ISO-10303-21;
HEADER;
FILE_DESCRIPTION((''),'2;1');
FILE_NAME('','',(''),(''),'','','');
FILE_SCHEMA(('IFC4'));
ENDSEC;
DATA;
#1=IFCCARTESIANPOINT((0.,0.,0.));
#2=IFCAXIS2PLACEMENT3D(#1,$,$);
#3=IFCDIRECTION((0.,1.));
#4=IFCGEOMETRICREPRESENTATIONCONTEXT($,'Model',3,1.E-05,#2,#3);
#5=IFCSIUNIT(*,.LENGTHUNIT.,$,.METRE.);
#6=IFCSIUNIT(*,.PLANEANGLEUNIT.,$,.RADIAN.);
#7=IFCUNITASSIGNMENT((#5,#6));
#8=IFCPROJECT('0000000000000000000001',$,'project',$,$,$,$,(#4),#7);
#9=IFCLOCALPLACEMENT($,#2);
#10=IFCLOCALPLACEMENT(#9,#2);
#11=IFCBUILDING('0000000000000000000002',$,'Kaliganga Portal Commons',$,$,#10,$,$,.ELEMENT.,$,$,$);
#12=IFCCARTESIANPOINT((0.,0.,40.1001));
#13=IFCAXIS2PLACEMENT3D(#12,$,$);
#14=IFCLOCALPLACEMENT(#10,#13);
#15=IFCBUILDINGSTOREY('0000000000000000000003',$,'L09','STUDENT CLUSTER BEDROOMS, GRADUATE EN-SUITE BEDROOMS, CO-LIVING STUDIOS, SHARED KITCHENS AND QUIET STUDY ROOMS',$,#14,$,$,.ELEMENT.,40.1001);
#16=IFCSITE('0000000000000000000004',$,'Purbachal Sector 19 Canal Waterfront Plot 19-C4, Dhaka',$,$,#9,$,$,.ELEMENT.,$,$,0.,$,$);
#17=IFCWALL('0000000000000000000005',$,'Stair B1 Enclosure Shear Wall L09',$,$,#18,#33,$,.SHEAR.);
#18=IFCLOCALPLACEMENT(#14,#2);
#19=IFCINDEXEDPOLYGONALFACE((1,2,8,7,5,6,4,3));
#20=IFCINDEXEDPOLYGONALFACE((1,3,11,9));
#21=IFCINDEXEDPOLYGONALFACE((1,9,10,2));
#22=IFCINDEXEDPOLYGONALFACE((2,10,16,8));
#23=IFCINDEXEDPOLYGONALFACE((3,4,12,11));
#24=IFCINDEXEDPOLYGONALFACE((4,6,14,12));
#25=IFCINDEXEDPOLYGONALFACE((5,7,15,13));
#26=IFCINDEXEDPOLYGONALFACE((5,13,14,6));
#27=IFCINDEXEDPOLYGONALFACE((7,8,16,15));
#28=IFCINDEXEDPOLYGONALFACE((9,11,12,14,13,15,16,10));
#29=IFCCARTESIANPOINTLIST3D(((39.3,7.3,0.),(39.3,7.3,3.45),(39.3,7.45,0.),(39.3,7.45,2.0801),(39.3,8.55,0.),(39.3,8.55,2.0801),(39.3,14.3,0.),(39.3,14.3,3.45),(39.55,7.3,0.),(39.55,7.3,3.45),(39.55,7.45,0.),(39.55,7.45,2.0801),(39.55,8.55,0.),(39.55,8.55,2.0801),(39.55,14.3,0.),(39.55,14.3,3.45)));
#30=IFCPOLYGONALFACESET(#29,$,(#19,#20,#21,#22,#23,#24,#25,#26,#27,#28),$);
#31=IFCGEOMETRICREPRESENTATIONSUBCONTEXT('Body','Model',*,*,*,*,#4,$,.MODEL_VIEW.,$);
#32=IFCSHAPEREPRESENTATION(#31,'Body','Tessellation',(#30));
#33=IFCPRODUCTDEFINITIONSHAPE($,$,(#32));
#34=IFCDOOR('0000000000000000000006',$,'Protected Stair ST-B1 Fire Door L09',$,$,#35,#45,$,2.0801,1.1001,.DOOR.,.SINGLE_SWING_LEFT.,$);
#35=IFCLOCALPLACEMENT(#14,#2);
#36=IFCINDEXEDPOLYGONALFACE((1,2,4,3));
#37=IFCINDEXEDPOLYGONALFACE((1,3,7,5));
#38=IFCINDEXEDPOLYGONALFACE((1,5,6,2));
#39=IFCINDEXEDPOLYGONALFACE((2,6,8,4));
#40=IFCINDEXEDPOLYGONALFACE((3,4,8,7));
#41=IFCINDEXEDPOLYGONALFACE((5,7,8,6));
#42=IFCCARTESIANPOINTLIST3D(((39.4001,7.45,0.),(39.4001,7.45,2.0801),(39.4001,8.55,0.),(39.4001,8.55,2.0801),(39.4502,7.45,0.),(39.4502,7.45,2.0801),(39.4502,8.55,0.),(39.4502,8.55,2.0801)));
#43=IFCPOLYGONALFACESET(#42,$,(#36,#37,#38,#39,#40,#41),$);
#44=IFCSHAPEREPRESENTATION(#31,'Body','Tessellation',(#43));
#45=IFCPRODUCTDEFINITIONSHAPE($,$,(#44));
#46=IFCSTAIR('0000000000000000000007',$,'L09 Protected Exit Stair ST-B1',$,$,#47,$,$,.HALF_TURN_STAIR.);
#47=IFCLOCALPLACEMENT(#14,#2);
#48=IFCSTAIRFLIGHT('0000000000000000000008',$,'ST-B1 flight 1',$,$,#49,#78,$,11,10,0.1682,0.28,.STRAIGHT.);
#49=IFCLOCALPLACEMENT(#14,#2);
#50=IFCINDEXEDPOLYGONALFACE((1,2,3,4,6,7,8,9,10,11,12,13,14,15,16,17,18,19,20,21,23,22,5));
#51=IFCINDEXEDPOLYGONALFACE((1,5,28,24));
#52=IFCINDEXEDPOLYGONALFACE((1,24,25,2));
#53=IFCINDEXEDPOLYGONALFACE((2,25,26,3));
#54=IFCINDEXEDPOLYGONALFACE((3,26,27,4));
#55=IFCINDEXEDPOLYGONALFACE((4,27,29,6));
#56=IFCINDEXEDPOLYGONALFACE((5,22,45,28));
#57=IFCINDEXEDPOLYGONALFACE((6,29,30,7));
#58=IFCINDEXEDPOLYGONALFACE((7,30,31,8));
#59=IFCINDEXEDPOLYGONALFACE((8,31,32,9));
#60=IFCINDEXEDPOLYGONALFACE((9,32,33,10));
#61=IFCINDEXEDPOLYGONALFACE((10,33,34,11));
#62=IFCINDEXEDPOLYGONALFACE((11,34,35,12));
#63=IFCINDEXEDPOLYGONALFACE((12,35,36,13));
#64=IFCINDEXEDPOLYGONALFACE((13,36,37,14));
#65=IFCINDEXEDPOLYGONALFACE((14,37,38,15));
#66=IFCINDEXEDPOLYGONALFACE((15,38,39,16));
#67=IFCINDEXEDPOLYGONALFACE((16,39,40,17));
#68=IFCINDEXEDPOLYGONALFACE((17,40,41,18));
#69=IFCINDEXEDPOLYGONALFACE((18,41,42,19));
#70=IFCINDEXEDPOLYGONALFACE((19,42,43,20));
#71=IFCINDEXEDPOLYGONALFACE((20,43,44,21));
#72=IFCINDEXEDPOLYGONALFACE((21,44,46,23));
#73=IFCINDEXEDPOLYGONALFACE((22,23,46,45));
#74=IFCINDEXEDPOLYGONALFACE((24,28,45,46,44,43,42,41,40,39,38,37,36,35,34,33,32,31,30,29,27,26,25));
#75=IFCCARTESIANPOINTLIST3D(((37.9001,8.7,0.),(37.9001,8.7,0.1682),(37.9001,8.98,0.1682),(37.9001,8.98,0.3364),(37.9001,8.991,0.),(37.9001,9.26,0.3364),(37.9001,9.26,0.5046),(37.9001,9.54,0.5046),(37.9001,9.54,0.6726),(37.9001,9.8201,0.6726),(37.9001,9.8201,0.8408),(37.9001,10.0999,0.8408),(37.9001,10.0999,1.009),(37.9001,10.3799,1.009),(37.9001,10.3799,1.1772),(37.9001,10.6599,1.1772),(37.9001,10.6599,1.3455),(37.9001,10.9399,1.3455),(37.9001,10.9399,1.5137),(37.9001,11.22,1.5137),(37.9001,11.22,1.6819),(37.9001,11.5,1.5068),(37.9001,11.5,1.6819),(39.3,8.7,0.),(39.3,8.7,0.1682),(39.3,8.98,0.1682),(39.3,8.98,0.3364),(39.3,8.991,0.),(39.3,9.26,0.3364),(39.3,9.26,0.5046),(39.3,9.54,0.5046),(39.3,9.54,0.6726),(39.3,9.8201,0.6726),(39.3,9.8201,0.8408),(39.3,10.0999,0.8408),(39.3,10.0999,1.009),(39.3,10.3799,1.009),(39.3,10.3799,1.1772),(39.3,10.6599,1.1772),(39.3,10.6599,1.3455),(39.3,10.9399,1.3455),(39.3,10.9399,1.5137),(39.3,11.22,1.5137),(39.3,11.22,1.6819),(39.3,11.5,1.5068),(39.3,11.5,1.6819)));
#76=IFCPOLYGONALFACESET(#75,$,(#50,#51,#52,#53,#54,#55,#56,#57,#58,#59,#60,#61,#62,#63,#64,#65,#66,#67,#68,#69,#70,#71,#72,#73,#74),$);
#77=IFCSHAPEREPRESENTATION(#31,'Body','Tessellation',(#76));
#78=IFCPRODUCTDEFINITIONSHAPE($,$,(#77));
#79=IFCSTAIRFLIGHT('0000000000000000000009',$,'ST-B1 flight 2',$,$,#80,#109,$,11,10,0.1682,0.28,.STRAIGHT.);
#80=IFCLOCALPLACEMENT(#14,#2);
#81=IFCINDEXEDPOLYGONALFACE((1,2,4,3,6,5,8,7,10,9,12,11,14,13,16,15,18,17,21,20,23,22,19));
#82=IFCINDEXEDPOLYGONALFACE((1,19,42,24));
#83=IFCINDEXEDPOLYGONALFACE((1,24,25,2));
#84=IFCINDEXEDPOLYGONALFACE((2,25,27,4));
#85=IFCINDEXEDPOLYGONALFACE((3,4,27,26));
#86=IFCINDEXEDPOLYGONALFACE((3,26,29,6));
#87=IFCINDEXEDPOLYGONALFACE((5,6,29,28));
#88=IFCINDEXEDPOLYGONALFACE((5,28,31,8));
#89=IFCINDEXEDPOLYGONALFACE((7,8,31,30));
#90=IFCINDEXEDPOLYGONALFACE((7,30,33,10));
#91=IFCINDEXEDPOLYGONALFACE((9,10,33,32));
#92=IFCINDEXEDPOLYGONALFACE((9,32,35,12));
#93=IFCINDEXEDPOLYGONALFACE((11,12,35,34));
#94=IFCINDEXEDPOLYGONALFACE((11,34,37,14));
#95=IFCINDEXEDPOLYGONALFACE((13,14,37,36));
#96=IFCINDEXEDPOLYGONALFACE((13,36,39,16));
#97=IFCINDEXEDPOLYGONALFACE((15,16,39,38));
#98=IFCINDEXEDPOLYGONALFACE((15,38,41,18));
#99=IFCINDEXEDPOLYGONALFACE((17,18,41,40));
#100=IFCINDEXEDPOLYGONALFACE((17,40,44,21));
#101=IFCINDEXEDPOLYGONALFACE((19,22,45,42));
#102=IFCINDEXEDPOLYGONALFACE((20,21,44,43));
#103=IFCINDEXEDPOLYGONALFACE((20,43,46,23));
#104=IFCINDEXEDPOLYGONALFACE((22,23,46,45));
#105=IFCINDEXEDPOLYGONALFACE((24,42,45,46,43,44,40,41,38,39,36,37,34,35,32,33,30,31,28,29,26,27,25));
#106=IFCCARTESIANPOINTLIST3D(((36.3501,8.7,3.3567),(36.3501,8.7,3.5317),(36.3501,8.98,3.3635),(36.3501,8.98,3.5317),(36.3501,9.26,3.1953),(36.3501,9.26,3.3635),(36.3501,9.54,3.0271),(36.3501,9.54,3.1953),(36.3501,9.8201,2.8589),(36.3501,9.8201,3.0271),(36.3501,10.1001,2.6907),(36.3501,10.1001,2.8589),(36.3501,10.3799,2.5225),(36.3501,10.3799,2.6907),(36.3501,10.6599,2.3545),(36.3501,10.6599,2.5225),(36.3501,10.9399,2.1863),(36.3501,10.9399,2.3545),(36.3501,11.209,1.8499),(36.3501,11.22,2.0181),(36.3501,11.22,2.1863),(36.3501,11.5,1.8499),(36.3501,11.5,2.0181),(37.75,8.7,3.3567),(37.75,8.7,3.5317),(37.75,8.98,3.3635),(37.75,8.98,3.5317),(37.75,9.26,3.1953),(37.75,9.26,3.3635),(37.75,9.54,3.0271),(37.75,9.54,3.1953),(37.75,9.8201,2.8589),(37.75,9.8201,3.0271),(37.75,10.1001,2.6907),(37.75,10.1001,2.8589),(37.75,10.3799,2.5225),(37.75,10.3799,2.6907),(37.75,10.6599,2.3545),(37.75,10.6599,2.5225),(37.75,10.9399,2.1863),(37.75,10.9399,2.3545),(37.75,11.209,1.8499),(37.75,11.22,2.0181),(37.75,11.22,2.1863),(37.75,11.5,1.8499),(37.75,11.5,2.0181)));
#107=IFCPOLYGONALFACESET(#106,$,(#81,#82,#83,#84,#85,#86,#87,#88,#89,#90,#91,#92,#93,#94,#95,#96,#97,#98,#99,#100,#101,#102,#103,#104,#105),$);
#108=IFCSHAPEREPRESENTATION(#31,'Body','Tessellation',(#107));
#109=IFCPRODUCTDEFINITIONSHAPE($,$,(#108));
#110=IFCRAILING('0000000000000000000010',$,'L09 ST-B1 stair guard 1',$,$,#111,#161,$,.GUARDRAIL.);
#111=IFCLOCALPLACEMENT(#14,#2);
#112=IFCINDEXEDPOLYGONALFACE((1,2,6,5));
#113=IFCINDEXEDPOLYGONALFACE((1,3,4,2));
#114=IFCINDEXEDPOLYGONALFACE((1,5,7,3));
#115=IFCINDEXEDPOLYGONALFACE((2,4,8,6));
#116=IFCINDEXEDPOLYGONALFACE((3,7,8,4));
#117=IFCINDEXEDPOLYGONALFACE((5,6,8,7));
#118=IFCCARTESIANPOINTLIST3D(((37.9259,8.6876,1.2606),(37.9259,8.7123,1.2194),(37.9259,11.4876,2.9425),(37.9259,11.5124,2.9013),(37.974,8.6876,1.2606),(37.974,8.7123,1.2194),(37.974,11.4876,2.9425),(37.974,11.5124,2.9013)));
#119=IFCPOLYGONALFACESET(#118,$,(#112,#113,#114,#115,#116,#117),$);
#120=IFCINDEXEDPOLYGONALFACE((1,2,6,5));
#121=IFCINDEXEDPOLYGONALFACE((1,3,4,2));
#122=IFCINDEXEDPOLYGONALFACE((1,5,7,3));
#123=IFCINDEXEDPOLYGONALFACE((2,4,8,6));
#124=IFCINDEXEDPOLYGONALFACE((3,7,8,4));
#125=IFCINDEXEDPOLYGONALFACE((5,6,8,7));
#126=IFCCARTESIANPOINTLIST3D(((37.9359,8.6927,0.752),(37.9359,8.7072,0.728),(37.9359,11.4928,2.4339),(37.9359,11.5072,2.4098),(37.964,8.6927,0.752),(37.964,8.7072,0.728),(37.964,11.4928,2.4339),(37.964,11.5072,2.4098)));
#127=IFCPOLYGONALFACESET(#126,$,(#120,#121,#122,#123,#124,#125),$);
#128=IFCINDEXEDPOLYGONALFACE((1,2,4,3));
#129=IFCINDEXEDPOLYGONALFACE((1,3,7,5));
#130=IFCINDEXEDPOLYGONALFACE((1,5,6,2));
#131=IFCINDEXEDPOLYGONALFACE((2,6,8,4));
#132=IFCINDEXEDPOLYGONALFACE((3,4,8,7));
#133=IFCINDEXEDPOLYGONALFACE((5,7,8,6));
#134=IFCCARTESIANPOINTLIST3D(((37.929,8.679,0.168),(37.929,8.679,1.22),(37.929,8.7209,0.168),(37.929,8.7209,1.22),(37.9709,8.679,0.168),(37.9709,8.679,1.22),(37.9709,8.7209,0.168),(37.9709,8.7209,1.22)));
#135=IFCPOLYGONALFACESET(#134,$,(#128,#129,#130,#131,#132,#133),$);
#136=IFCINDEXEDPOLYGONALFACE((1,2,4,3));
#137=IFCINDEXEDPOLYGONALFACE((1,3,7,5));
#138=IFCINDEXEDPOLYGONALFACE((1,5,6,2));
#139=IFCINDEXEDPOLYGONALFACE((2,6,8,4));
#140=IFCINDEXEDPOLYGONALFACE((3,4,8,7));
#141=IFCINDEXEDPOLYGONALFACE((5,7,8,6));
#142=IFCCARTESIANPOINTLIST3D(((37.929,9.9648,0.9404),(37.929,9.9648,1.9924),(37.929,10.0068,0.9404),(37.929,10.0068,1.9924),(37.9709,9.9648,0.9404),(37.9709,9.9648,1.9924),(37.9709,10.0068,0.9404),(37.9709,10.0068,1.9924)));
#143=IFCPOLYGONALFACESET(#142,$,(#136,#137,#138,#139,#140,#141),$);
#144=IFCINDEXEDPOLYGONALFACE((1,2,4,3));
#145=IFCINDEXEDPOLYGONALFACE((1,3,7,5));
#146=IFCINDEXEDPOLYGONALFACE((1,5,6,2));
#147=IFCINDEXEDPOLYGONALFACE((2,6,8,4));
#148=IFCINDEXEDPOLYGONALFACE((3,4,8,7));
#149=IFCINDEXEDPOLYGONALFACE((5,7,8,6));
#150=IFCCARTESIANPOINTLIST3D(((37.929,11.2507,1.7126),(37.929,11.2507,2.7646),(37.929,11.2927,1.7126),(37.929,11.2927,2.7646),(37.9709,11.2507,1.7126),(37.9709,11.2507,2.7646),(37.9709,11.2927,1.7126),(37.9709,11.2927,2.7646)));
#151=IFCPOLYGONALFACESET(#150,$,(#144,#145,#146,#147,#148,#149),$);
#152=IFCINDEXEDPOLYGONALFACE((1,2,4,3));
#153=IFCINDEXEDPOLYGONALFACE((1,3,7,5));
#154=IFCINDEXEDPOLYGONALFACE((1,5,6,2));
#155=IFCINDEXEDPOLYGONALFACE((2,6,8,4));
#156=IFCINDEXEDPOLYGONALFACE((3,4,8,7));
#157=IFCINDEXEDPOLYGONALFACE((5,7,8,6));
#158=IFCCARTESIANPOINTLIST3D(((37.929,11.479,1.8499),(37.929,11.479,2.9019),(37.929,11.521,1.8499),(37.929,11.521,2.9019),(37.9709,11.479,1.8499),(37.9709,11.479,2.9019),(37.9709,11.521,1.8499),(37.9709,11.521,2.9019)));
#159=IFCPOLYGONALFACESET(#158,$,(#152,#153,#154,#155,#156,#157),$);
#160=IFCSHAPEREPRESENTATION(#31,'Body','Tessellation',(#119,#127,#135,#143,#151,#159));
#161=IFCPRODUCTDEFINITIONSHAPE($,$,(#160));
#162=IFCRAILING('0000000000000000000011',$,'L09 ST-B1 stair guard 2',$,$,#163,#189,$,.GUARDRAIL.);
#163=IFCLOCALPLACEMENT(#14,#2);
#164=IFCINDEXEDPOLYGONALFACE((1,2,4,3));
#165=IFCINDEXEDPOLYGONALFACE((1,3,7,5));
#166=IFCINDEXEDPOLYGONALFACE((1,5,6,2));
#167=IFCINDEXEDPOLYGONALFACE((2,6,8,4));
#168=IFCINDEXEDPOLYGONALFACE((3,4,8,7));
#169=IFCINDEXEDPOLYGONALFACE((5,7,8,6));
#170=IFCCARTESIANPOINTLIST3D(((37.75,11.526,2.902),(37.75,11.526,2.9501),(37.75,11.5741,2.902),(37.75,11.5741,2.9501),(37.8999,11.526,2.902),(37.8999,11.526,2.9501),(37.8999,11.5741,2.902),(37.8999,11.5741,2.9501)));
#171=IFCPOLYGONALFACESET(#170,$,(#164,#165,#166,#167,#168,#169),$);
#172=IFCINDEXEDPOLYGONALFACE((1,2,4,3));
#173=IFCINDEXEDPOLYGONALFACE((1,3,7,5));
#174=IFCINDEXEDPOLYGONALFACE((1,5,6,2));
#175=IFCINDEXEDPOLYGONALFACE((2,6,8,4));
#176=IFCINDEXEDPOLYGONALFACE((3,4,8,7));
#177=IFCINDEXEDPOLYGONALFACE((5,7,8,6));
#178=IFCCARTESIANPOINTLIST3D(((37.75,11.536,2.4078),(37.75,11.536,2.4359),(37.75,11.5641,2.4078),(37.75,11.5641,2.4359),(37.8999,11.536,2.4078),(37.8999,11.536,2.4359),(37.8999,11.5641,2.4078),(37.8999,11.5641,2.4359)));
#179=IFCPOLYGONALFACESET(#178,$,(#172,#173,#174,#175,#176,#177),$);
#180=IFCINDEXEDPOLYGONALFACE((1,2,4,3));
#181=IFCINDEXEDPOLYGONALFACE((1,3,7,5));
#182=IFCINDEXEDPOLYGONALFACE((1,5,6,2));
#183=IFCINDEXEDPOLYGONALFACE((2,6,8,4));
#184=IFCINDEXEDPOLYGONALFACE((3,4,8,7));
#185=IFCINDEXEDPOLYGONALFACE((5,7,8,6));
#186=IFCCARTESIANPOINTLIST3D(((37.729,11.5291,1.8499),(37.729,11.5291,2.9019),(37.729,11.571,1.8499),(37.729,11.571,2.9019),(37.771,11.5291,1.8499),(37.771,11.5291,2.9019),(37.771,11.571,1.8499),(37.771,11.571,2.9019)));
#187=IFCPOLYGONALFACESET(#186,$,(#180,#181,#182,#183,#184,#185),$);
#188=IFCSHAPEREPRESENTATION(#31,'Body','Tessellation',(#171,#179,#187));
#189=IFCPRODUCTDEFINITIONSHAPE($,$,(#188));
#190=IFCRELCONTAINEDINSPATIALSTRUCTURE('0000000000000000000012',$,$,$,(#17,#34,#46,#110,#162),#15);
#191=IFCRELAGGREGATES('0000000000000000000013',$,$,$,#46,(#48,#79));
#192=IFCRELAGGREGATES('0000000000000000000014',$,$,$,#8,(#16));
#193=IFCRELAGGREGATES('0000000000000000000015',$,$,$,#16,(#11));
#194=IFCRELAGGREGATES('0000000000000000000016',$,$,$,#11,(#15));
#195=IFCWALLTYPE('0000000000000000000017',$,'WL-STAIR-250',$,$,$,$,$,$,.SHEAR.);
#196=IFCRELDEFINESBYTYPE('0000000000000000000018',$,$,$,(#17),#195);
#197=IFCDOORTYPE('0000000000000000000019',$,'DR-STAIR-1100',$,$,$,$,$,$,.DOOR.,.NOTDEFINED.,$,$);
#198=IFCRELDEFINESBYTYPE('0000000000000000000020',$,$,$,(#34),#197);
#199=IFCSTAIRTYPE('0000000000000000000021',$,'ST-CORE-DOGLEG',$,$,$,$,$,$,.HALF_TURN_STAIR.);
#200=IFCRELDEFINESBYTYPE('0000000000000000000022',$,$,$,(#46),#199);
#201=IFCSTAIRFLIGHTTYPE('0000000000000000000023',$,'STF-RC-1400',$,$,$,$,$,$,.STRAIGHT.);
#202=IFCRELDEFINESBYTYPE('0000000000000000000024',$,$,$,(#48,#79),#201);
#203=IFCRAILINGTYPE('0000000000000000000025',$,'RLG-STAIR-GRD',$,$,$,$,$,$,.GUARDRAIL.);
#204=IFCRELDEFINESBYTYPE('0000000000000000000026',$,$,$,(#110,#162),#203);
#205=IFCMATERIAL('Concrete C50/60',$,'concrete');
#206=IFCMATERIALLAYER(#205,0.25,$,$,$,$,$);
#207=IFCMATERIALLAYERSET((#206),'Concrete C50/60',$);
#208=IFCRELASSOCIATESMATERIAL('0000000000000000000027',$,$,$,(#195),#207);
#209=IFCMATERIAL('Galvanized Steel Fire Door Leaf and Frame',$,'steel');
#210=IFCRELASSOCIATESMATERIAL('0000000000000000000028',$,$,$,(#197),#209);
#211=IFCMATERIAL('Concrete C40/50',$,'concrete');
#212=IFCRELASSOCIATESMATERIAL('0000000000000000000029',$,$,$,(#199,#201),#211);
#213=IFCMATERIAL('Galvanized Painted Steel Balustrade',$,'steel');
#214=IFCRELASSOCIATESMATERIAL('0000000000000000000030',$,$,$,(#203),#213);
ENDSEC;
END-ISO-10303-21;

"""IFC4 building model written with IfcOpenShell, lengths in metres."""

from ifc_helpers import new_model, si_unit, direction, frame, frame_2d, origin, origin_2d, place, context, subcontext, project, spatial, polyline, rectangle, outline, extrude, material, layer, layer_set, type_object, element, fill, aggregate, save


model = new_model("IFC4")

# Units and contexts
model_context = context("Model", 3, precision=1e-05, world=origin(), true_north=direction((0.0, 1.0)))
body_context = subcontext(model_context, "Body", "Model", "MODEL_VIEW")
ifc_project = project(units=[si_unit("LENGTHUNIT", "METRE"), si_unit("PLANEANGLEUNIT", "RADIAN")], contexts=[model_context])

# Site, building, storey
site_placement = place(None, origin())
site = spatial("IfcSite", under=ifc_project, at=site_placement, Name="Purbachal Sector 19 Canal Waterfront Plot 19-C4, Dhaka", CompositionType="ELEMENT", RefElevation=0.0)
building_placement = place(site_placement, origin())
building = spatial("IfcBuilding", under=site, at=building_placement, Name="Kaliganga Portal Commons", CompositionType="ELEMENT")
storey_placement = place(building_placement, frame((0.0, 0.0, 40.1001)))
storey = spatial("IfcBuildingStorey", under=building, at=storey_placement, Name="L09", Description="STUDENT CLUSTER BEDROOMS, GRADUATE EN-SUITE BEDROOMS, CO-LIVING STUDIOS, SHARED KITCHENS AND QUIET STUDY ROOMS", CompositionType="ELEMENT", Elevation=40.1001)

# Wall, opening, door
ifc_material_1 = material(Name="Concrete C50/60", Category="concrete")
ifc_layer_1 = layer(ifc_material_1, 0.25)
ifc_layer_set_1 = layer_set([ifc_layer_1], Name="Concrete C50/60")
wall_type_1 = type_object("IfcWallType", Name="WL-STAIR-250", PredefinedType="SHEAR", material=ifc_layer_set_1)
wall_1_placement = place(storey_placement, frame((39.425, 7.3, 0.0), z_axis=(0.0, 0.0, 1.0), x_axis=(0.0, 1.0, 0.0)))
wall_1 = element("IfcWall", 1, at=wall_1_placement, inside=storey, type_object=wall_type_1, Name="Stair B1 Enclosure Shear Wall L09", PredefinedType="SHEAR", context=body_context, shape_type="SweptSolid", body=[
    extrude(rectangle(XDim=7.0, YDim=0.25, at=frame_2d((3.5, 0.0))), origin(), (0.0, 0.0, 1.0), 3.45),
])
opening_1_placement = place(wall_1_placement, frame((0.1499, 0.0, 0.0)))
opening_1 = element("IfcOpeningElement", 2, at=opening_1_placement, cuts=wall_1, PredefinedType="OPENING", context=body_context, shape_type="SweptSolid", body=[
    extrude(rectangle(XDim=1.1001, YDim=2.0801, at=frame_2d((0.55, 1.04))), frame((0.0, 0.135, 0.0), z_axis=(0.0, -1.0, 0.0), x_axis=(1.0, 0.0, 0.0)), (0.0, 0.0, 1.0), 0.27),
])
ifc_material_2 = material(Name="Galvanized Steel Fire Door Leaf and Frame", Category="steel")
door_type_1 = type_object("IfcDoorType", Name="DR-STAIR-1100", OperationType="NOTDEFINED", PredefinedType="DOOR", material=ifc_material_2)
door_1_placement = place(opening_1_placement, origin())
door_1 = element("IfcDoor", 3, at=door_1_placement, inside=storey, type_object=door_type_1, Name="Protected Stair ST-B1 Fire Door L09", OperationType="SINGLE_SWING_LEFT", OverallHeight=2.0801, OverallWidth=1.1001, PredefinedType="DOOR", context=body_context, shape_type="SweptSolid", body=[
    extrude(rectangle(XDim=1.1001, YDim=2.0801, at=frame_2d((0.55, 1.04))), frame((0.0, 0.0249, 0.0), z_axis=(0.0, -1.0, 0.0), x_axis=(1.0, 0.0, 0.0)), (0.0, 0.0, 1.0), 0.05),
])
fill(opening_1, door_1)

# Stair, stair flights
ifc_material_3 = material(Name="Concrete C40/50", Category="concrete")
stair_type = type_object("IfcStairType", Name="ST-CORE-DOGLEG", PredefinedType="HALF_TURN_STAIR", material=ifc_material_3)
stair_placement = place(storey_placement, origin())
stair = element("IfcStair", 4, at=stair_placement, inside=storey, type_object=stair_type, Name="L09 Protected Exit Stair ST-B1", PredefinedType="HALF_TURN_STAIR")
stair_flight_type = type_object("IfcStairFlightType", Name="STF-RC-1400", PredefinedType="STRAIGHT", material=ifc_material_3)
stair_flight_1_placement = place(storey_placement, frame((38.6001, 8.7, 0.0), z_axis=(0.0, 0.0, 1.0), x_axis=(0.0, 1.0, 0.0)))
stair_flight_1 = element("IfcStairFlight", 5, at=stair_flight_1_placement, type_object=stair_flight_type, Name="ST-B1 flight 1", NumberOfRisers=11, NumberOfTreads=10, PredefinedType="STRAIGHT", RiserHeight=0.1682, TreadLength=0.28, context=body_context, shape_type="SweptSolid", body=[
    extrude(outline(polyline([(0.0, 0.0), (0.0, 0.1682), (0.28, 0.1682), (0.28, 0.3364), (0.5601, 0.3364), (0.5601, 0.5046), (0.8401, 0.5046), (0.8401, 0.6726), (1.1201, 0.6726), (1.1201, 0.8408), (1.3999, 0.8408), (1.3999, 1.009), (1.6799, 1.009), (1.6799, 1.1772), (1.96, 1.1772), (1.96, 1.3455), (2.24, 1.3455), (2.24, 1.5137), (2.52, 1.5137), (2.52, 1.6819), (2.8, 1.6819), (2.8, 1.8501), (2.8, 1.5068), (0.291, 0.0), (0.0, 0.0)])), frame((0.0, 0.7, 0.0), z_axis=(0.0, -1.0, 0.0), x_axis=(1.0, 0.0, 0.0)), (0.0, 0.0, 1.0), 1.3999),
])
stair_flight_2_placement = place(storey_placement, frame((37.05, 11.5, 1.8499), z_axis=(0.0, 0.0, 1.0), x_axis=(0.0, -1.0, 0.0)))
stair_flight_2 = element("IfcStairFlight", 6, at=stair_flight_2_placement, type_object=stair_flight_type, Name="ST-B1 flight 2", NumberOfRisers=11, NumberOfTreads=10, PredefinedType="STRAIGHT", RiserHeight=0.1682, TreadLength=0.28, context=body_context, shape_type="SweptSolid", body=[
    extrude(outline(polyline([(0.0, 0.0), (0.0, 0.1682), (0.28, 0.1682), (0.28, 0.3364), (0.5601, 0.3364), (0.5601, 0.5046), (0.8401, 0.5046), (0.8401, 0.6726), (1.1201, 0.6726), (1.1201, 0.8408), (1.3999, 0.8408), (1.3999, 1.009), (1.6799, 1.009), (1.6799, 1.1772), (1.96, 1.1772), (1.96, 1.3455), (2.24, 1.3455), (2.24, 1.5137), (2.52, 1.5137), (2.52, 1.6819), (2.8, 1.6819), (2.8, 1.8501), (2.8, 1.5068), (0.291, 0.0), (0.0, 0.0)])), frame((0.0, 0.7, 0.0), z_axis=(0.0, -1.0, 0.0), x_axis=(1.0, 0.0, 0.0)), (0.0, 0.0, 1.0), 1.3999),
])
aggregate(stair, [stair_flight_1, stair_flight_2])

# Railings
ifc_material_4 = material(Name="Galvanized Painted Steel Balustrade", Category="steel")
railing_type_1 = type_object("IfcRailingType", Name="RLG-STAIR-GRD", PredefinedType="GUARDRAIL", material=ifc_material_4)
railing_1_placement = place(storey_placement, frame((37.95, 8.7, 0.168)))
element("IfcRailing", 7, at=railing_1_placement, inside=storey, type_object=railing_type_1, Name="L09 ST-B1 stair guard 1", PredefinedType="GUARDRAIL", context=body_context, shape_type="SweptSolid", body=[
    extrude(rectangle(XDim=0.0481, YDim=0.0481, at=origin_2d()), frame((0.0, 0.0, 1.072), z_axis=(0.0, 0.857242, 0.514913), x_axis=(-1.0, 0.0, 0.0)), (0.0, 0.0, 1.0), 3.2664),
    extrude(rectangle(XDim=0.0281, YDim=0.0281, at=origin_2d()), frame((0.0, 0.0, 0.572), z_axis=(0.0, 0.857242, 0.514913), x_axis=(-1.0, 0.0, 0.0)), (0.0, 0.0, 1.0), 3.2664),
    extrude(rectangle(XDim=0.042, YDim=0.042, at=origin_2d()), origin(), (0.0, 0.0, 1.0), 1.052),
    extrude(rectangle(XDim=0.042, YDim=0.042, at=origin_2d()), frame((0.0, 1.2859, 0.7725)), (0.0, 0.0, 1.0), 1.052),
    extrude(rectangle(XDim=0.042, YDim=0.042, at=origin_2d()), frame((0.0, 2.5718, 1.5447)), (0.0, 0.0, 1.0), 1.052),
    extrude(rectangle(XDim=0.042, YDim=0.042, at=origin_2d()), frame((0.0, 2.8, 1.6819)), (0.0, 0.0, 1.0), 1.052),
])
railing_2_placement = place(storey_placement, frame((37.8999, 11.55, 1.8499)))
element("IfcRailing", 8, at=railing_2_placement, inside=storey, type_object=railing_type_1, Name="L09 ST-B1 stair guard 2", PredefinedType="GUARDRAIL", context=body_context, shape_type="SweptSolid", body=[
    extrude(rectangle(XDim=0.0481, YDim=0.0481, at=origin_2d()), frame((0.0, 0.0, 1.0762), z_axis=(-1.0, 0.0, 0.0), x_axis=(0.0, -1.0, 0.0)), (0.0, 0.0, 1.0), 0.1499),
    extrude(rectangle(XDim=0.0281, YDim=0.0281, at=origin_2d()), frame((0.0, 0.0, 0.572), z_axis=(-1.0, 0.0, 0.0), x_axis=(0.0, -1.0, 0.0)), (0.0, 0.0, 1.0), 0.1499),
    extrude(rectangle(XDim=0.042, YDim=0.042, at=origin_2d()), frame((-0.1499, 0.0, 0.0)), (0.0, 0.0, 1.0), 1.052),
])

save(model, "model.ifc")
